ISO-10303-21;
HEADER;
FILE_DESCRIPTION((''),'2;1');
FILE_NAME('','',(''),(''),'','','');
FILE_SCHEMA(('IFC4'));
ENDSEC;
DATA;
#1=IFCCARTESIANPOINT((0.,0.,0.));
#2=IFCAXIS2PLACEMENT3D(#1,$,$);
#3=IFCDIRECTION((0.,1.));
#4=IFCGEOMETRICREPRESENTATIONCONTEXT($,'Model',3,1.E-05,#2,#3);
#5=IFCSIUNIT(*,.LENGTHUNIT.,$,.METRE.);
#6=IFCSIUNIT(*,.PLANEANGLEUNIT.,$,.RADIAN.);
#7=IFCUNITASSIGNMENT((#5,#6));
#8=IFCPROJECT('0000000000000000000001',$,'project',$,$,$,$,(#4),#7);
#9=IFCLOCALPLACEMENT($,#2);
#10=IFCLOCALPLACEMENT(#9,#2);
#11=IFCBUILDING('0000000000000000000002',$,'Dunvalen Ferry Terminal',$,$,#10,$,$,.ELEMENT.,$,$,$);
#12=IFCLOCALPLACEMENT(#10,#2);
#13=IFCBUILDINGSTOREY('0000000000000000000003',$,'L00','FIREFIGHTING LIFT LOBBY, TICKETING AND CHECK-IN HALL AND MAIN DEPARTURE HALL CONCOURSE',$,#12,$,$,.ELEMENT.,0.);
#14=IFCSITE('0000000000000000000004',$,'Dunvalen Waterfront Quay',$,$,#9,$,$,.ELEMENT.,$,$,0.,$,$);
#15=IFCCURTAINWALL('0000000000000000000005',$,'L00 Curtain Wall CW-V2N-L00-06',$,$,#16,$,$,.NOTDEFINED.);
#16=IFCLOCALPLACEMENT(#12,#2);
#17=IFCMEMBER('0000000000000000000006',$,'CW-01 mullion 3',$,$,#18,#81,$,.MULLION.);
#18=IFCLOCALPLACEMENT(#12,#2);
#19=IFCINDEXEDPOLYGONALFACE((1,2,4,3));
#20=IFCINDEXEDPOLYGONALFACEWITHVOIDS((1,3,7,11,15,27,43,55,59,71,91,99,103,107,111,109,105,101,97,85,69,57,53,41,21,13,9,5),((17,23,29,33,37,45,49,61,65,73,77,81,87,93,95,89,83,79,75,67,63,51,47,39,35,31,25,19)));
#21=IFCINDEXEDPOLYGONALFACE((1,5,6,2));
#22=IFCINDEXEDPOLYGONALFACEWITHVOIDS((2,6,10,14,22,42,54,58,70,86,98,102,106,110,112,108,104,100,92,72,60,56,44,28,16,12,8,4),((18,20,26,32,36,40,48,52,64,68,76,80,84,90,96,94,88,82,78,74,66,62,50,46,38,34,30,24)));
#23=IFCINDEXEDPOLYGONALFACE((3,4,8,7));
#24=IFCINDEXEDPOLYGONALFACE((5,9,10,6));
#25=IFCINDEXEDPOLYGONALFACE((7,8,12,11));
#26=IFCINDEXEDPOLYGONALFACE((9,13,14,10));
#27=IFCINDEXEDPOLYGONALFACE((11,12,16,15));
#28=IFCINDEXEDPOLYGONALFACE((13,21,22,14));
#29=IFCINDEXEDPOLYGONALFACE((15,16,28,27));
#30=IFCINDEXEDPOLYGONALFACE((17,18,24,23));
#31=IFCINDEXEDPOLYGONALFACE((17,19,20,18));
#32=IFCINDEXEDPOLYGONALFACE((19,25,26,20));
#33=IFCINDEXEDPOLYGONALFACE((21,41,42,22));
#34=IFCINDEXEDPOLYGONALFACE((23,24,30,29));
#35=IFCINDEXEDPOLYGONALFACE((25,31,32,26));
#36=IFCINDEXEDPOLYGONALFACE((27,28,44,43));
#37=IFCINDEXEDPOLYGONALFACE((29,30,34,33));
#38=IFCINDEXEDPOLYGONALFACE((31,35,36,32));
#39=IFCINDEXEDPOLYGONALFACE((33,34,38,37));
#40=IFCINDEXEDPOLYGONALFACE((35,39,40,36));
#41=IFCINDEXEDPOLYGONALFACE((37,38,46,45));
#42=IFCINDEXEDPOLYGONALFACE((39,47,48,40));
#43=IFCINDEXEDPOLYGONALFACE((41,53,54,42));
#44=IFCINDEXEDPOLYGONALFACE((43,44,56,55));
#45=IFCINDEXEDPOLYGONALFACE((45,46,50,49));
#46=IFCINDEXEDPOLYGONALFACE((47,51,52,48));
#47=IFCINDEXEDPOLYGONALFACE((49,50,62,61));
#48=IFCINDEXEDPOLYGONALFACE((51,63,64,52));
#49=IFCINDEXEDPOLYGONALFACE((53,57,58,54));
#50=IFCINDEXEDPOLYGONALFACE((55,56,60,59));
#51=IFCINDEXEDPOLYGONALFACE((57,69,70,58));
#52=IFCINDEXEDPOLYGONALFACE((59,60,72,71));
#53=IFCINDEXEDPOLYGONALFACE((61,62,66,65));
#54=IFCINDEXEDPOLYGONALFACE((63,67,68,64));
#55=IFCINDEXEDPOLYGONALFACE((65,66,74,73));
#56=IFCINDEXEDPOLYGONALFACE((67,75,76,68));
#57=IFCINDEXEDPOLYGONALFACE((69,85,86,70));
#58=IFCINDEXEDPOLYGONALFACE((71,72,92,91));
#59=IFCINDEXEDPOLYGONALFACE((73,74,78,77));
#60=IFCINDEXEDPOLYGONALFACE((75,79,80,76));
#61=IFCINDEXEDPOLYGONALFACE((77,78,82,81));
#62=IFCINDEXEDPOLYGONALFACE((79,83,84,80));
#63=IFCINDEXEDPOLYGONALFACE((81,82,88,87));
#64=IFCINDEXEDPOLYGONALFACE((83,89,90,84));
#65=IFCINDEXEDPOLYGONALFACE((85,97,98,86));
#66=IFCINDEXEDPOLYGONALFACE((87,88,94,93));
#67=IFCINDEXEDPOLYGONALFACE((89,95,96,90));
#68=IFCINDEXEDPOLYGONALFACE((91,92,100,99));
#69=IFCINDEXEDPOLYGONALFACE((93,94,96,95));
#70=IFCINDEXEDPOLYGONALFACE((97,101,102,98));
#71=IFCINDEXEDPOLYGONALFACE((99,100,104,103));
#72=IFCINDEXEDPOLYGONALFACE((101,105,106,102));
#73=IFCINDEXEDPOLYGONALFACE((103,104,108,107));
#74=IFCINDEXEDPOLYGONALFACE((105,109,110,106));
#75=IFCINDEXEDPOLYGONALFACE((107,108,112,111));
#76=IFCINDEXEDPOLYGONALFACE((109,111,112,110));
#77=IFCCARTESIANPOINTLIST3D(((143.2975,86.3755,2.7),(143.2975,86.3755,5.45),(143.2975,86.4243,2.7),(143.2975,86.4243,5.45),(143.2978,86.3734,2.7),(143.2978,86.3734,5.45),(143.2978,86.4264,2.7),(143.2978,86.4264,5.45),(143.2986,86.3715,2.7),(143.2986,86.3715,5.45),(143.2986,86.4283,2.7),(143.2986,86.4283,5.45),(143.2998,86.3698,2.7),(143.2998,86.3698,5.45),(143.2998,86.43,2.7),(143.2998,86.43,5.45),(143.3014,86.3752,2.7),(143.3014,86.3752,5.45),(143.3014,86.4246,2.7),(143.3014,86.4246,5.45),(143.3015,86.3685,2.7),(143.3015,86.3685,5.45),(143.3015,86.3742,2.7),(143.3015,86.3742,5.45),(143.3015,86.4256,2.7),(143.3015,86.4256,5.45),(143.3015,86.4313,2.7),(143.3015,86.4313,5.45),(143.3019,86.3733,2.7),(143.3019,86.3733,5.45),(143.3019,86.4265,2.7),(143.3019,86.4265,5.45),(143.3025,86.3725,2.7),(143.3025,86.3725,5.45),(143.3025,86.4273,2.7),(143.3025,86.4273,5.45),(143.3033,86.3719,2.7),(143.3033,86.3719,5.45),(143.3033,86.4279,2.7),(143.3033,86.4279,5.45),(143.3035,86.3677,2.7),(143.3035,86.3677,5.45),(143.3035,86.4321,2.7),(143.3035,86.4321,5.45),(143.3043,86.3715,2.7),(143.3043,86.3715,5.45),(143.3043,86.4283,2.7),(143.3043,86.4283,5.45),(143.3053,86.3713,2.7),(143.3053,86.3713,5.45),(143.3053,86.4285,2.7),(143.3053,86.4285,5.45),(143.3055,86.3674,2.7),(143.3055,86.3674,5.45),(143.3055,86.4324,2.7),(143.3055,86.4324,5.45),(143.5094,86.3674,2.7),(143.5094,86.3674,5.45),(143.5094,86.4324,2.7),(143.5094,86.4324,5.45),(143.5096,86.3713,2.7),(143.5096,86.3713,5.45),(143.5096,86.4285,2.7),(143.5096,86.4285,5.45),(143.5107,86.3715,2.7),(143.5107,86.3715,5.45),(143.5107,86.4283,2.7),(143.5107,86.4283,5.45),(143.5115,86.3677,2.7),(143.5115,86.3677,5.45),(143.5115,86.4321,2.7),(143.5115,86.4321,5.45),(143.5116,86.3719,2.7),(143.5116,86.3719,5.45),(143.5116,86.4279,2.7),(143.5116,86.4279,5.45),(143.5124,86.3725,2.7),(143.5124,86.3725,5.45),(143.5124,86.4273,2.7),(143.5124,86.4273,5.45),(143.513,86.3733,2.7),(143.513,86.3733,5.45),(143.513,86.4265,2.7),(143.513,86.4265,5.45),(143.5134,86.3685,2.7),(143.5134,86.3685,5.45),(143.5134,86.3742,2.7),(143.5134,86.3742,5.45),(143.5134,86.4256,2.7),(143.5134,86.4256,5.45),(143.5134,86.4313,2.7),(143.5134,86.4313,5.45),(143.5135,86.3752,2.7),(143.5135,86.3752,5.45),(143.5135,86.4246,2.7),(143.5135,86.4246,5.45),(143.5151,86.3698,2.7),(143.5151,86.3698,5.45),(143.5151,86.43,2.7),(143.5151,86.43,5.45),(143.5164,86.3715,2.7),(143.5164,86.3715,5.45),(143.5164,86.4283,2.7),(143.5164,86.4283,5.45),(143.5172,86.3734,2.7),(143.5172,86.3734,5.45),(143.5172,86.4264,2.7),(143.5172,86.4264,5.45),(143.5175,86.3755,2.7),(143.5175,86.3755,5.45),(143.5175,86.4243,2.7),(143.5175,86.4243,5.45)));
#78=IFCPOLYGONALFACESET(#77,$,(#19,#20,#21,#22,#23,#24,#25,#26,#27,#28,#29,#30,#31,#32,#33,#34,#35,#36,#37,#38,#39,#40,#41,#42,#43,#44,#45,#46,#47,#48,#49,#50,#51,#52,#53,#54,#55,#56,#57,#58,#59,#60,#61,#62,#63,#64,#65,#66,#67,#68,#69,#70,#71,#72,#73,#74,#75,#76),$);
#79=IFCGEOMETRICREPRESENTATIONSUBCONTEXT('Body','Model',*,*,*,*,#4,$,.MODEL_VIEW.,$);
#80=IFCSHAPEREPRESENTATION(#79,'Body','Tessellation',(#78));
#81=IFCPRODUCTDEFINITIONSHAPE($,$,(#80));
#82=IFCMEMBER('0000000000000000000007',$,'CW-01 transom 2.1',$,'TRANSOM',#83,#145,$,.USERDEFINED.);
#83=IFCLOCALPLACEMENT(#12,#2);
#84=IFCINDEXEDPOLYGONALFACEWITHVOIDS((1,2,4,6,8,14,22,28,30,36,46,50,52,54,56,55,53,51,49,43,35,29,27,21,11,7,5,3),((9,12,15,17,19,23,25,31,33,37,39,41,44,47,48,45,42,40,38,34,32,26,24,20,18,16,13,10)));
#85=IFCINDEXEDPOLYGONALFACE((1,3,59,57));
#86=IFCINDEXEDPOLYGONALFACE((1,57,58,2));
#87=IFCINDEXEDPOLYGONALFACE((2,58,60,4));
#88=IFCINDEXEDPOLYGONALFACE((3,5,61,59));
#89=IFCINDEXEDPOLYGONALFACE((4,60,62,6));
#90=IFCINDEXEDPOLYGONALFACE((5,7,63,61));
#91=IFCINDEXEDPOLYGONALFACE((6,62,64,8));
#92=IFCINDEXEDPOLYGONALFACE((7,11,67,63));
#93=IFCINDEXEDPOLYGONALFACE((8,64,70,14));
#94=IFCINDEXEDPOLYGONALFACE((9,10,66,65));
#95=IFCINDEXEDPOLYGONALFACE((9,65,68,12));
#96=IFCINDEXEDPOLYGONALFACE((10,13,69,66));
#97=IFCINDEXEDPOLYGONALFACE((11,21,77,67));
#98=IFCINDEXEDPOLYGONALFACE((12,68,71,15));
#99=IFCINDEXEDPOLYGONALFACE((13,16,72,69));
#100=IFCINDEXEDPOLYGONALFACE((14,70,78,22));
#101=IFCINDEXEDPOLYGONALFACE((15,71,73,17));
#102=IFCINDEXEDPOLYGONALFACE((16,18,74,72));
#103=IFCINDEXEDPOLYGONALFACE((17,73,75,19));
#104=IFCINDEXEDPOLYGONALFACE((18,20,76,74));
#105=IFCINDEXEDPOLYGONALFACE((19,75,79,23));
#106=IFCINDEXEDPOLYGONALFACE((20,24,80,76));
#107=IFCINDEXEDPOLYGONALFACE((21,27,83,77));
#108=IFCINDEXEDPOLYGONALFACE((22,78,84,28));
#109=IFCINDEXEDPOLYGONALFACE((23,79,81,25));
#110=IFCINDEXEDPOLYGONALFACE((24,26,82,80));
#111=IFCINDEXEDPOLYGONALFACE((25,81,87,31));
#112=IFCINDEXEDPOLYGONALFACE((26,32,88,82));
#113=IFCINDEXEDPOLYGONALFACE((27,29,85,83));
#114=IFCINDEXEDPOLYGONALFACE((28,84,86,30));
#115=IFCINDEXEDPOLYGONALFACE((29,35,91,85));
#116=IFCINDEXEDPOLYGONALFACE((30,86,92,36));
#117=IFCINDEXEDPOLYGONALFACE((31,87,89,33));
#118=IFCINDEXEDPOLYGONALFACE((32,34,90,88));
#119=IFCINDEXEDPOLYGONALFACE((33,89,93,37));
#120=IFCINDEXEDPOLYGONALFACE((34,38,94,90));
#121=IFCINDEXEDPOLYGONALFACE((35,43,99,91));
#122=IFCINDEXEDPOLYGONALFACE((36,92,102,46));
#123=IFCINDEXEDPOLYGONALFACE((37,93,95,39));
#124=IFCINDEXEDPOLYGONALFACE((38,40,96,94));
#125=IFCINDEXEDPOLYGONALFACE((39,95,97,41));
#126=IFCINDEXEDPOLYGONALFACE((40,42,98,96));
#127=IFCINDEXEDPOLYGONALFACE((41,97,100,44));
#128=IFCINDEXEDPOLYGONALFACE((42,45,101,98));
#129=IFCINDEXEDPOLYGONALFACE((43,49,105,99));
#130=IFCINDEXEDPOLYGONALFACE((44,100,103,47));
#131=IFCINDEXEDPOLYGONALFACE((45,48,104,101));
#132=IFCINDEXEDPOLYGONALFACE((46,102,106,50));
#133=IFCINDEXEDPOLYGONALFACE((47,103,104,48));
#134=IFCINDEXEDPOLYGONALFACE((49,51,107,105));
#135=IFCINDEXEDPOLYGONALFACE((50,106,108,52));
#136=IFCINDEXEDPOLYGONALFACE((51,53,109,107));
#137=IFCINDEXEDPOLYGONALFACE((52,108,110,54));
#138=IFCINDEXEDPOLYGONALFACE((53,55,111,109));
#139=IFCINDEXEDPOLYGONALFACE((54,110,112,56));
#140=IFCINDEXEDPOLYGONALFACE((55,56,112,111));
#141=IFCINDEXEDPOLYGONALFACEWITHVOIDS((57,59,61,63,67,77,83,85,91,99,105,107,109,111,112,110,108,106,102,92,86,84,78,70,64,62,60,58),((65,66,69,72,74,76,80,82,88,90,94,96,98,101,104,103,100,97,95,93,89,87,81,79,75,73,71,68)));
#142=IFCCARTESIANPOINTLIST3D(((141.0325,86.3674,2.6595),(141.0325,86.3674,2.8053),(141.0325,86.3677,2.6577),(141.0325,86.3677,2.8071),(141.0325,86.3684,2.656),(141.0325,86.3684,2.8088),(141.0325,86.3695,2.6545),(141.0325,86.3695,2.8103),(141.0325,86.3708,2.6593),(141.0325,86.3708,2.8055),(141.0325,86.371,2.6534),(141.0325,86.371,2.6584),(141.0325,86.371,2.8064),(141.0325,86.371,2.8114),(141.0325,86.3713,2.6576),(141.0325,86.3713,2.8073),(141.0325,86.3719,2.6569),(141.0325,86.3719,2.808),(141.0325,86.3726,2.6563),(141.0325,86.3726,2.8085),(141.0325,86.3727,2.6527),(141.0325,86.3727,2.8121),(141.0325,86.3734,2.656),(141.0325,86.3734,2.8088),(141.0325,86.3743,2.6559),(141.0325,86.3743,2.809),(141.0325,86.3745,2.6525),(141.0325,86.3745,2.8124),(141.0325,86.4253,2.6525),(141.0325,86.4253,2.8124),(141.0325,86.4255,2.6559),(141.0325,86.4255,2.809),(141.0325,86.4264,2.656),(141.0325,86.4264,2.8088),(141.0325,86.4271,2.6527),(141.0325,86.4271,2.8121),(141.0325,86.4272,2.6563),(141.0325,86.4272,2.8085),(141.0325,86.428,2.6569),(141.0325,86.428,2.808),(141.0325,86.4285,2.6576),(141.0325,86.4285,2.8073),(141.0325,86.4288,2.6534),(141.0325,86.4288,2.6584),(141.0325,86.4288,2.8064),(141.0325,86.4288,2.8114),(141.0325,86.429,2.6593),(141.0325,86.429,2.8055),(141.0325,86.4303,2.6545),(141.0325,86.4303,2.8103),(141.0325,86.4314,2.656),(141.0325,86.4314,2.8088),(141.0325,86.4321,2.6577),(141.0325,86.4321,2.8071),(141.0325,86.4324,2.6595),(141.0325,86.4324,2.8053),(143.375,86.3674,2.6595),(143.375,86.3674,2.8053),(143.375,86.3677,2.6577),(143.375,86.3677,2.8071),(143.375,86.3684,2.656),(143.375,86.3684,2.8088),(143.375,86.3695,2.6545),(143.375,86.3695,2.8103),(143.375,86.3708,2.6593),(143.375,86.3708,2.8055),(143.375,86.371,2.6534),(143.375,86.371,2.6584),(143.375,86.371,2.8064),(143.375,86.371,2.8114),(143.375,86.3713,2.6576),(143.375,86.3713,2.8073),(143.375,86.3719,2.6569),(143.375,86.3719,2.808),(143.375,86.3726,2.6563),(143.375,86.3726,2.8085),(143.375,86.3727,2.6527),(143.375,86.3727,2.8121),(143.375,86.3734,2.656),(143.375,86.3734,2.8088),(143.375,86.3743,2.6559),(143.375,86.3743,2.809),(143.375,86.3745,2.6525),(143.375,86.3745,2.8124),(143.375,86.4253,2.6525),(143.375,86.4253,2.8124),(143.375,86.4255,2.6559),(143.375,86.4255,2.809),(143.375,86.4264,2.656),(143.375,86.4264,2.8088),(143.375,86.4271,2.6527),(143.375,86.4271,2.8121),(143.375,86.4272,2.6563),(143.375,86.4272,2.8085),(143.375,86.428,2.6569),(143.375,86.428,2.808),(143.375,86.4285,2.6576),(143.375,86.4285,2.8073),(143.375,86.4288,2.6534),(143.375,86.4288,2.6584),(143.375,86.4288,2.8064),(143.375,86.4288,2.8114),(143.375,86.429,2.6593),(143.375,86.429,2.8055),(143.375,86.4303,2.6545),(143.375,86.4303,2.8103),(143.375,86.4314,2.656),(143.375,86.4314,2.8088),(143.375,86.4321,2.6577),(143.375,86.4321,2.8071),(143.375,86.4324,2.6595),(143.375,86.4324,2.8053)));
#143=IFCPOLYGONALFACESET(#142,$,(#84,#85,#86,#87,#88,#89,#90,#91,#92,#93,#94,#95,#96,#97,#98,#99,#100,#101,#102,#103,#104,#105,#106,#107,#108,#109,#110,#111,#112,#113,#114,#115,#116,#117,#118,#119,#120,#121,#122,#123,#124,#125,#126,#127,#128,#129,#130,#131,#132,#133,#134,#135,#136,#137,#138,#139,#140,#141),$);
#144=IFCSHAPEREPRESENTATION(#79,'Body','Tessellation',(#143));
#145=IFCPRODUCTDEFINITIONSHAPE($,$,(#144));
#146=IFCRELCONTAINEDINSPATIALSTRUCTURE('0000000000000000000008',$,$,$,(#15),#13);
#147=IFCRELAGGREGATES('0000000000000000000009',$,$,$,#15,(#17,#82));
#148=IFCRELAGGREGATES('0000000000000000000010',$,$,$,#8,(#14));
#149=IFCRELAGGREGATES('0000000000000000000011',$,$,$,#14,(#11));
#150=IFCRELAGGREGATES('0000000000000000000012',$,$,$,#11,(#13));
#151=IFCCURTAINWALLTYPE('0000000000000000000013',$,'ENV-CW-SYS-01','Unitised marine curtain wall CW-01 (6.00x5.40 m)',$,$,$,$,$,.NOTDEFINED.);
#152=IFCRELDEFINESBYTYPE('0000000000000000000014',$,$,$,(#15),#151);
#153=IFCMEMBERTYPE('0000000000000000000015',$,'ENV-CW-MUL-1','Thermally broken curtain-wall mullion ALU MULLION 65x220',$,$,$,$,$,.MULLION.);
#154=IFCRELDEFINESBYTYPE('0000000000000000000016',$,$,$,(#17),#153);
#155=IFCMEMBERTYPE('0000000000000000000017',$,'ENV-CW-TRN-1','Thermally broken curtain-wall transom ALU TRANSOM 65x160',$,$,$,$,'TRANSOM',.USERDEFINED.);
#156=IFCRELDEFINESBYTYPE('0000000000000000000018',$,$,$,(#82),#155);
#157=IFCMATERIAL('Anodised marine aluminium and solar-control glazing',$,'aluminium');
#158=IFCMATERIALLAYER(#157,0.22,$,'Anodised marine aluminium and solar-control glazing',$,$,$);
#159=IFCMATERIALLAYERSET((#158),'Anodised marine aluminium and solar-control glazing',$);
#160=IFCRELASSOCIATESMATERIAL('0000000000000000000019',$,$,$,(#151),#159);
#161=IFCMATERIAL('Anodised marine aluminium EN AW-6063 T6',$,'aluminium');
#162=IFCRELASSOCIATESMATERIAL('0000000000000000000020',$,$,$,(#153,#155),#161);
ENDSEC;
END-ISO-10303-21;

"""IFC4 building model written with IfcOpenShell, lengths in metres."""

from ifc_helpers import new_model, si_unit, direction, frame, origin, origin_2d, place, context, subcontext, project, spatial, hollow_rectangle, extrude, material, layer, layer_set, material_profile, profile_set, type_object, element, aggregate, save


model = new_model("IFC4")

# Units and contexts
model_context = context("Model", 3, precision=1e-05, world=origin(), true_north=direction((0.0, 1.0)))
body_context = subcontext(model_context, "Body", "Model", "MODEL_VIEW")
ifc_project = project(units=[si_unit("LENGTHUNIT", "METRE"), si_unit("PLANEANGLEUNIT", "RADIAN")], contexts=[model_context])

# Site, building, storey
site_placement = place(None, origin())
site = spatial("IfcSite", under=ifc_project, at=site_placement, Name="Dunvalen Waterfront Quay", CompositionType="ELEMENT", RefElevation=0.0)
building_placement = place(site_placement, origin())
building = spatial("IfcBuilding", under=site, at=building_placement, Name="Dunvalen Ferry Terminal", CompositionType="ELEMENT")
storey_placement = place(building_placement, origin())
storey = spatial("IfcBuildingStorey", under=building, at=storey_placement, Name="L00", Description="FIREFIGHTING LIFT LOBBY, TICKETING AND CHECK-IN HALL AND MAIN DEPARTURE HALL CONCOURSE", CompositionType="ELEMENT", Elevation=0.0)

# Curtain wall, members
ifc_material_1 = material(Name="Anodised marine aluminium and solar-control glazing", Category="aluminium")
ifc_layer_1 = layer(ifc_material_1, 0.22, Name="Anodised marine aluminium and solar-control glazing")
ifc_layer_set_1 = layer_set([ifc_layer_1], Name="Anodised marine aluminium and solar-control glazing")
curtain_wall_type = type_object("IfcCurtainWallType", Name="ENV-CW-SYS-01", Description="Unitised marine curtain wall CW-01 (6.00x5.40 m)", PredefinedType="NOTDEFINED", material=ifc_layer_set_1)
curtain_wall_placement = place(storey_placement, origin())
curtain_wall = element("IfcCurtainWall", 1, at=curtain_wall_placement, inside=storey, type_object=curtain_wall_type, Name="L00 Curtain Wall CW-V2N-L00-06", PredefinedType="NOTDEFINED")
ifc_material_2 = material(Name="Anodised marine aluminium EN AW-6063 T6", Category="aluminium")
ifc_material_profile_1 = material_profile(ifc_material_2, hollow_rectangle(XDim=0.0649, YDim=0.22, WallThickness=0.0039, InnerFilletRadius=0.0039, OuterFilletRadius=0.0081, at=origin_2d()), Name="Anodised marine aluminium EN AW-6063 T6")
ifc_profile_set_1 = profile_set([ifc_material_profile_1], Name="Anodised marine aluminium EN AW-6063 T6")
member_type_1 = type_object("IfcMemberType", Name="ENV-CW-MUL-1", Description="Thermally broken curtain-wall mullion ALU MULLION 65x220", PredefinedType="MULLION", material=ifc_profile_set_1)
member_1_placement = place(storey_placement, frame((143.4075, 86.3999, 2.7), z_axis=(0.0, 0.0, 1.0), x_axis=(0.0, 1.0, 0.0)))
member_1 = element("IfcMember", 2, at=member_1_placement, type_object=member_type_1, Name="CW-01 mullion 3", PredefinedType="MULLION", context=body_context, shape_type="SweptSolid", body=[
    extrude(hollow_rectangle(XDim=0.0649, YDim=0.22, WallThickness=0.0039, InnerFilletRadius=0.0039, OuterFilletRadius=0.0081, at=origin_2d()), origin(), (0.0, 0.0, 1.0), 2.75),
])
ifc_material_profile_2 = material_profile(ifc_material_2, hollow_rectangle(XDim=0.0649, YDim=0.1599, WallThickness=0.0034, InnerFilletRadius=0.0034, OuterFilletRadius=0.0071, at=origin_2d()), Name="Anodised marine aluminium EN AW-6063 T6")
ifc_profile_set_2 = profile_set([ifc_material_profile_2], Name="Anodised marine aluminium EN AW-6063 T6")
member_type_2 = type_object("IfcMemberType", Name="ENV-CW-TRN-1", Description="Thermally broken curtain-wall transom ALU TRANSOM 65x160", ElementType="TRANSOM", PredefinedType="USERDEFINED", material=ifc_profile_set_2)
member_2_placement = place(storey_placement, frame((141.0325, 86.3999, 2.7324), z_axis=(1.0, 0.0, 0.0), x_axis=(0.0, 1.0, 0.0)))
member_2 = element("IfcMember", 3, at=member_2_placement, type_object=member_type_2, Name="CW-01 transom 2.1", ObjectType="TRANSOM", PredefinedType="USERDEFINED", context=body_context, shape_type="SweptSolid", body=[
    extrude(hollow_rectangle(XDim=0.0649, YDim=0.1599, WallThickness=0.0034, InnerFilletRadius=0.0034, OuterFilletRadius=0.0071, at=origin_2d()), origin(), (0.0, 0.0, 1.0), 2.3425),
])
aggregate(curtain_wall, [member_1, member_2])

save(model, "model.ifc")
